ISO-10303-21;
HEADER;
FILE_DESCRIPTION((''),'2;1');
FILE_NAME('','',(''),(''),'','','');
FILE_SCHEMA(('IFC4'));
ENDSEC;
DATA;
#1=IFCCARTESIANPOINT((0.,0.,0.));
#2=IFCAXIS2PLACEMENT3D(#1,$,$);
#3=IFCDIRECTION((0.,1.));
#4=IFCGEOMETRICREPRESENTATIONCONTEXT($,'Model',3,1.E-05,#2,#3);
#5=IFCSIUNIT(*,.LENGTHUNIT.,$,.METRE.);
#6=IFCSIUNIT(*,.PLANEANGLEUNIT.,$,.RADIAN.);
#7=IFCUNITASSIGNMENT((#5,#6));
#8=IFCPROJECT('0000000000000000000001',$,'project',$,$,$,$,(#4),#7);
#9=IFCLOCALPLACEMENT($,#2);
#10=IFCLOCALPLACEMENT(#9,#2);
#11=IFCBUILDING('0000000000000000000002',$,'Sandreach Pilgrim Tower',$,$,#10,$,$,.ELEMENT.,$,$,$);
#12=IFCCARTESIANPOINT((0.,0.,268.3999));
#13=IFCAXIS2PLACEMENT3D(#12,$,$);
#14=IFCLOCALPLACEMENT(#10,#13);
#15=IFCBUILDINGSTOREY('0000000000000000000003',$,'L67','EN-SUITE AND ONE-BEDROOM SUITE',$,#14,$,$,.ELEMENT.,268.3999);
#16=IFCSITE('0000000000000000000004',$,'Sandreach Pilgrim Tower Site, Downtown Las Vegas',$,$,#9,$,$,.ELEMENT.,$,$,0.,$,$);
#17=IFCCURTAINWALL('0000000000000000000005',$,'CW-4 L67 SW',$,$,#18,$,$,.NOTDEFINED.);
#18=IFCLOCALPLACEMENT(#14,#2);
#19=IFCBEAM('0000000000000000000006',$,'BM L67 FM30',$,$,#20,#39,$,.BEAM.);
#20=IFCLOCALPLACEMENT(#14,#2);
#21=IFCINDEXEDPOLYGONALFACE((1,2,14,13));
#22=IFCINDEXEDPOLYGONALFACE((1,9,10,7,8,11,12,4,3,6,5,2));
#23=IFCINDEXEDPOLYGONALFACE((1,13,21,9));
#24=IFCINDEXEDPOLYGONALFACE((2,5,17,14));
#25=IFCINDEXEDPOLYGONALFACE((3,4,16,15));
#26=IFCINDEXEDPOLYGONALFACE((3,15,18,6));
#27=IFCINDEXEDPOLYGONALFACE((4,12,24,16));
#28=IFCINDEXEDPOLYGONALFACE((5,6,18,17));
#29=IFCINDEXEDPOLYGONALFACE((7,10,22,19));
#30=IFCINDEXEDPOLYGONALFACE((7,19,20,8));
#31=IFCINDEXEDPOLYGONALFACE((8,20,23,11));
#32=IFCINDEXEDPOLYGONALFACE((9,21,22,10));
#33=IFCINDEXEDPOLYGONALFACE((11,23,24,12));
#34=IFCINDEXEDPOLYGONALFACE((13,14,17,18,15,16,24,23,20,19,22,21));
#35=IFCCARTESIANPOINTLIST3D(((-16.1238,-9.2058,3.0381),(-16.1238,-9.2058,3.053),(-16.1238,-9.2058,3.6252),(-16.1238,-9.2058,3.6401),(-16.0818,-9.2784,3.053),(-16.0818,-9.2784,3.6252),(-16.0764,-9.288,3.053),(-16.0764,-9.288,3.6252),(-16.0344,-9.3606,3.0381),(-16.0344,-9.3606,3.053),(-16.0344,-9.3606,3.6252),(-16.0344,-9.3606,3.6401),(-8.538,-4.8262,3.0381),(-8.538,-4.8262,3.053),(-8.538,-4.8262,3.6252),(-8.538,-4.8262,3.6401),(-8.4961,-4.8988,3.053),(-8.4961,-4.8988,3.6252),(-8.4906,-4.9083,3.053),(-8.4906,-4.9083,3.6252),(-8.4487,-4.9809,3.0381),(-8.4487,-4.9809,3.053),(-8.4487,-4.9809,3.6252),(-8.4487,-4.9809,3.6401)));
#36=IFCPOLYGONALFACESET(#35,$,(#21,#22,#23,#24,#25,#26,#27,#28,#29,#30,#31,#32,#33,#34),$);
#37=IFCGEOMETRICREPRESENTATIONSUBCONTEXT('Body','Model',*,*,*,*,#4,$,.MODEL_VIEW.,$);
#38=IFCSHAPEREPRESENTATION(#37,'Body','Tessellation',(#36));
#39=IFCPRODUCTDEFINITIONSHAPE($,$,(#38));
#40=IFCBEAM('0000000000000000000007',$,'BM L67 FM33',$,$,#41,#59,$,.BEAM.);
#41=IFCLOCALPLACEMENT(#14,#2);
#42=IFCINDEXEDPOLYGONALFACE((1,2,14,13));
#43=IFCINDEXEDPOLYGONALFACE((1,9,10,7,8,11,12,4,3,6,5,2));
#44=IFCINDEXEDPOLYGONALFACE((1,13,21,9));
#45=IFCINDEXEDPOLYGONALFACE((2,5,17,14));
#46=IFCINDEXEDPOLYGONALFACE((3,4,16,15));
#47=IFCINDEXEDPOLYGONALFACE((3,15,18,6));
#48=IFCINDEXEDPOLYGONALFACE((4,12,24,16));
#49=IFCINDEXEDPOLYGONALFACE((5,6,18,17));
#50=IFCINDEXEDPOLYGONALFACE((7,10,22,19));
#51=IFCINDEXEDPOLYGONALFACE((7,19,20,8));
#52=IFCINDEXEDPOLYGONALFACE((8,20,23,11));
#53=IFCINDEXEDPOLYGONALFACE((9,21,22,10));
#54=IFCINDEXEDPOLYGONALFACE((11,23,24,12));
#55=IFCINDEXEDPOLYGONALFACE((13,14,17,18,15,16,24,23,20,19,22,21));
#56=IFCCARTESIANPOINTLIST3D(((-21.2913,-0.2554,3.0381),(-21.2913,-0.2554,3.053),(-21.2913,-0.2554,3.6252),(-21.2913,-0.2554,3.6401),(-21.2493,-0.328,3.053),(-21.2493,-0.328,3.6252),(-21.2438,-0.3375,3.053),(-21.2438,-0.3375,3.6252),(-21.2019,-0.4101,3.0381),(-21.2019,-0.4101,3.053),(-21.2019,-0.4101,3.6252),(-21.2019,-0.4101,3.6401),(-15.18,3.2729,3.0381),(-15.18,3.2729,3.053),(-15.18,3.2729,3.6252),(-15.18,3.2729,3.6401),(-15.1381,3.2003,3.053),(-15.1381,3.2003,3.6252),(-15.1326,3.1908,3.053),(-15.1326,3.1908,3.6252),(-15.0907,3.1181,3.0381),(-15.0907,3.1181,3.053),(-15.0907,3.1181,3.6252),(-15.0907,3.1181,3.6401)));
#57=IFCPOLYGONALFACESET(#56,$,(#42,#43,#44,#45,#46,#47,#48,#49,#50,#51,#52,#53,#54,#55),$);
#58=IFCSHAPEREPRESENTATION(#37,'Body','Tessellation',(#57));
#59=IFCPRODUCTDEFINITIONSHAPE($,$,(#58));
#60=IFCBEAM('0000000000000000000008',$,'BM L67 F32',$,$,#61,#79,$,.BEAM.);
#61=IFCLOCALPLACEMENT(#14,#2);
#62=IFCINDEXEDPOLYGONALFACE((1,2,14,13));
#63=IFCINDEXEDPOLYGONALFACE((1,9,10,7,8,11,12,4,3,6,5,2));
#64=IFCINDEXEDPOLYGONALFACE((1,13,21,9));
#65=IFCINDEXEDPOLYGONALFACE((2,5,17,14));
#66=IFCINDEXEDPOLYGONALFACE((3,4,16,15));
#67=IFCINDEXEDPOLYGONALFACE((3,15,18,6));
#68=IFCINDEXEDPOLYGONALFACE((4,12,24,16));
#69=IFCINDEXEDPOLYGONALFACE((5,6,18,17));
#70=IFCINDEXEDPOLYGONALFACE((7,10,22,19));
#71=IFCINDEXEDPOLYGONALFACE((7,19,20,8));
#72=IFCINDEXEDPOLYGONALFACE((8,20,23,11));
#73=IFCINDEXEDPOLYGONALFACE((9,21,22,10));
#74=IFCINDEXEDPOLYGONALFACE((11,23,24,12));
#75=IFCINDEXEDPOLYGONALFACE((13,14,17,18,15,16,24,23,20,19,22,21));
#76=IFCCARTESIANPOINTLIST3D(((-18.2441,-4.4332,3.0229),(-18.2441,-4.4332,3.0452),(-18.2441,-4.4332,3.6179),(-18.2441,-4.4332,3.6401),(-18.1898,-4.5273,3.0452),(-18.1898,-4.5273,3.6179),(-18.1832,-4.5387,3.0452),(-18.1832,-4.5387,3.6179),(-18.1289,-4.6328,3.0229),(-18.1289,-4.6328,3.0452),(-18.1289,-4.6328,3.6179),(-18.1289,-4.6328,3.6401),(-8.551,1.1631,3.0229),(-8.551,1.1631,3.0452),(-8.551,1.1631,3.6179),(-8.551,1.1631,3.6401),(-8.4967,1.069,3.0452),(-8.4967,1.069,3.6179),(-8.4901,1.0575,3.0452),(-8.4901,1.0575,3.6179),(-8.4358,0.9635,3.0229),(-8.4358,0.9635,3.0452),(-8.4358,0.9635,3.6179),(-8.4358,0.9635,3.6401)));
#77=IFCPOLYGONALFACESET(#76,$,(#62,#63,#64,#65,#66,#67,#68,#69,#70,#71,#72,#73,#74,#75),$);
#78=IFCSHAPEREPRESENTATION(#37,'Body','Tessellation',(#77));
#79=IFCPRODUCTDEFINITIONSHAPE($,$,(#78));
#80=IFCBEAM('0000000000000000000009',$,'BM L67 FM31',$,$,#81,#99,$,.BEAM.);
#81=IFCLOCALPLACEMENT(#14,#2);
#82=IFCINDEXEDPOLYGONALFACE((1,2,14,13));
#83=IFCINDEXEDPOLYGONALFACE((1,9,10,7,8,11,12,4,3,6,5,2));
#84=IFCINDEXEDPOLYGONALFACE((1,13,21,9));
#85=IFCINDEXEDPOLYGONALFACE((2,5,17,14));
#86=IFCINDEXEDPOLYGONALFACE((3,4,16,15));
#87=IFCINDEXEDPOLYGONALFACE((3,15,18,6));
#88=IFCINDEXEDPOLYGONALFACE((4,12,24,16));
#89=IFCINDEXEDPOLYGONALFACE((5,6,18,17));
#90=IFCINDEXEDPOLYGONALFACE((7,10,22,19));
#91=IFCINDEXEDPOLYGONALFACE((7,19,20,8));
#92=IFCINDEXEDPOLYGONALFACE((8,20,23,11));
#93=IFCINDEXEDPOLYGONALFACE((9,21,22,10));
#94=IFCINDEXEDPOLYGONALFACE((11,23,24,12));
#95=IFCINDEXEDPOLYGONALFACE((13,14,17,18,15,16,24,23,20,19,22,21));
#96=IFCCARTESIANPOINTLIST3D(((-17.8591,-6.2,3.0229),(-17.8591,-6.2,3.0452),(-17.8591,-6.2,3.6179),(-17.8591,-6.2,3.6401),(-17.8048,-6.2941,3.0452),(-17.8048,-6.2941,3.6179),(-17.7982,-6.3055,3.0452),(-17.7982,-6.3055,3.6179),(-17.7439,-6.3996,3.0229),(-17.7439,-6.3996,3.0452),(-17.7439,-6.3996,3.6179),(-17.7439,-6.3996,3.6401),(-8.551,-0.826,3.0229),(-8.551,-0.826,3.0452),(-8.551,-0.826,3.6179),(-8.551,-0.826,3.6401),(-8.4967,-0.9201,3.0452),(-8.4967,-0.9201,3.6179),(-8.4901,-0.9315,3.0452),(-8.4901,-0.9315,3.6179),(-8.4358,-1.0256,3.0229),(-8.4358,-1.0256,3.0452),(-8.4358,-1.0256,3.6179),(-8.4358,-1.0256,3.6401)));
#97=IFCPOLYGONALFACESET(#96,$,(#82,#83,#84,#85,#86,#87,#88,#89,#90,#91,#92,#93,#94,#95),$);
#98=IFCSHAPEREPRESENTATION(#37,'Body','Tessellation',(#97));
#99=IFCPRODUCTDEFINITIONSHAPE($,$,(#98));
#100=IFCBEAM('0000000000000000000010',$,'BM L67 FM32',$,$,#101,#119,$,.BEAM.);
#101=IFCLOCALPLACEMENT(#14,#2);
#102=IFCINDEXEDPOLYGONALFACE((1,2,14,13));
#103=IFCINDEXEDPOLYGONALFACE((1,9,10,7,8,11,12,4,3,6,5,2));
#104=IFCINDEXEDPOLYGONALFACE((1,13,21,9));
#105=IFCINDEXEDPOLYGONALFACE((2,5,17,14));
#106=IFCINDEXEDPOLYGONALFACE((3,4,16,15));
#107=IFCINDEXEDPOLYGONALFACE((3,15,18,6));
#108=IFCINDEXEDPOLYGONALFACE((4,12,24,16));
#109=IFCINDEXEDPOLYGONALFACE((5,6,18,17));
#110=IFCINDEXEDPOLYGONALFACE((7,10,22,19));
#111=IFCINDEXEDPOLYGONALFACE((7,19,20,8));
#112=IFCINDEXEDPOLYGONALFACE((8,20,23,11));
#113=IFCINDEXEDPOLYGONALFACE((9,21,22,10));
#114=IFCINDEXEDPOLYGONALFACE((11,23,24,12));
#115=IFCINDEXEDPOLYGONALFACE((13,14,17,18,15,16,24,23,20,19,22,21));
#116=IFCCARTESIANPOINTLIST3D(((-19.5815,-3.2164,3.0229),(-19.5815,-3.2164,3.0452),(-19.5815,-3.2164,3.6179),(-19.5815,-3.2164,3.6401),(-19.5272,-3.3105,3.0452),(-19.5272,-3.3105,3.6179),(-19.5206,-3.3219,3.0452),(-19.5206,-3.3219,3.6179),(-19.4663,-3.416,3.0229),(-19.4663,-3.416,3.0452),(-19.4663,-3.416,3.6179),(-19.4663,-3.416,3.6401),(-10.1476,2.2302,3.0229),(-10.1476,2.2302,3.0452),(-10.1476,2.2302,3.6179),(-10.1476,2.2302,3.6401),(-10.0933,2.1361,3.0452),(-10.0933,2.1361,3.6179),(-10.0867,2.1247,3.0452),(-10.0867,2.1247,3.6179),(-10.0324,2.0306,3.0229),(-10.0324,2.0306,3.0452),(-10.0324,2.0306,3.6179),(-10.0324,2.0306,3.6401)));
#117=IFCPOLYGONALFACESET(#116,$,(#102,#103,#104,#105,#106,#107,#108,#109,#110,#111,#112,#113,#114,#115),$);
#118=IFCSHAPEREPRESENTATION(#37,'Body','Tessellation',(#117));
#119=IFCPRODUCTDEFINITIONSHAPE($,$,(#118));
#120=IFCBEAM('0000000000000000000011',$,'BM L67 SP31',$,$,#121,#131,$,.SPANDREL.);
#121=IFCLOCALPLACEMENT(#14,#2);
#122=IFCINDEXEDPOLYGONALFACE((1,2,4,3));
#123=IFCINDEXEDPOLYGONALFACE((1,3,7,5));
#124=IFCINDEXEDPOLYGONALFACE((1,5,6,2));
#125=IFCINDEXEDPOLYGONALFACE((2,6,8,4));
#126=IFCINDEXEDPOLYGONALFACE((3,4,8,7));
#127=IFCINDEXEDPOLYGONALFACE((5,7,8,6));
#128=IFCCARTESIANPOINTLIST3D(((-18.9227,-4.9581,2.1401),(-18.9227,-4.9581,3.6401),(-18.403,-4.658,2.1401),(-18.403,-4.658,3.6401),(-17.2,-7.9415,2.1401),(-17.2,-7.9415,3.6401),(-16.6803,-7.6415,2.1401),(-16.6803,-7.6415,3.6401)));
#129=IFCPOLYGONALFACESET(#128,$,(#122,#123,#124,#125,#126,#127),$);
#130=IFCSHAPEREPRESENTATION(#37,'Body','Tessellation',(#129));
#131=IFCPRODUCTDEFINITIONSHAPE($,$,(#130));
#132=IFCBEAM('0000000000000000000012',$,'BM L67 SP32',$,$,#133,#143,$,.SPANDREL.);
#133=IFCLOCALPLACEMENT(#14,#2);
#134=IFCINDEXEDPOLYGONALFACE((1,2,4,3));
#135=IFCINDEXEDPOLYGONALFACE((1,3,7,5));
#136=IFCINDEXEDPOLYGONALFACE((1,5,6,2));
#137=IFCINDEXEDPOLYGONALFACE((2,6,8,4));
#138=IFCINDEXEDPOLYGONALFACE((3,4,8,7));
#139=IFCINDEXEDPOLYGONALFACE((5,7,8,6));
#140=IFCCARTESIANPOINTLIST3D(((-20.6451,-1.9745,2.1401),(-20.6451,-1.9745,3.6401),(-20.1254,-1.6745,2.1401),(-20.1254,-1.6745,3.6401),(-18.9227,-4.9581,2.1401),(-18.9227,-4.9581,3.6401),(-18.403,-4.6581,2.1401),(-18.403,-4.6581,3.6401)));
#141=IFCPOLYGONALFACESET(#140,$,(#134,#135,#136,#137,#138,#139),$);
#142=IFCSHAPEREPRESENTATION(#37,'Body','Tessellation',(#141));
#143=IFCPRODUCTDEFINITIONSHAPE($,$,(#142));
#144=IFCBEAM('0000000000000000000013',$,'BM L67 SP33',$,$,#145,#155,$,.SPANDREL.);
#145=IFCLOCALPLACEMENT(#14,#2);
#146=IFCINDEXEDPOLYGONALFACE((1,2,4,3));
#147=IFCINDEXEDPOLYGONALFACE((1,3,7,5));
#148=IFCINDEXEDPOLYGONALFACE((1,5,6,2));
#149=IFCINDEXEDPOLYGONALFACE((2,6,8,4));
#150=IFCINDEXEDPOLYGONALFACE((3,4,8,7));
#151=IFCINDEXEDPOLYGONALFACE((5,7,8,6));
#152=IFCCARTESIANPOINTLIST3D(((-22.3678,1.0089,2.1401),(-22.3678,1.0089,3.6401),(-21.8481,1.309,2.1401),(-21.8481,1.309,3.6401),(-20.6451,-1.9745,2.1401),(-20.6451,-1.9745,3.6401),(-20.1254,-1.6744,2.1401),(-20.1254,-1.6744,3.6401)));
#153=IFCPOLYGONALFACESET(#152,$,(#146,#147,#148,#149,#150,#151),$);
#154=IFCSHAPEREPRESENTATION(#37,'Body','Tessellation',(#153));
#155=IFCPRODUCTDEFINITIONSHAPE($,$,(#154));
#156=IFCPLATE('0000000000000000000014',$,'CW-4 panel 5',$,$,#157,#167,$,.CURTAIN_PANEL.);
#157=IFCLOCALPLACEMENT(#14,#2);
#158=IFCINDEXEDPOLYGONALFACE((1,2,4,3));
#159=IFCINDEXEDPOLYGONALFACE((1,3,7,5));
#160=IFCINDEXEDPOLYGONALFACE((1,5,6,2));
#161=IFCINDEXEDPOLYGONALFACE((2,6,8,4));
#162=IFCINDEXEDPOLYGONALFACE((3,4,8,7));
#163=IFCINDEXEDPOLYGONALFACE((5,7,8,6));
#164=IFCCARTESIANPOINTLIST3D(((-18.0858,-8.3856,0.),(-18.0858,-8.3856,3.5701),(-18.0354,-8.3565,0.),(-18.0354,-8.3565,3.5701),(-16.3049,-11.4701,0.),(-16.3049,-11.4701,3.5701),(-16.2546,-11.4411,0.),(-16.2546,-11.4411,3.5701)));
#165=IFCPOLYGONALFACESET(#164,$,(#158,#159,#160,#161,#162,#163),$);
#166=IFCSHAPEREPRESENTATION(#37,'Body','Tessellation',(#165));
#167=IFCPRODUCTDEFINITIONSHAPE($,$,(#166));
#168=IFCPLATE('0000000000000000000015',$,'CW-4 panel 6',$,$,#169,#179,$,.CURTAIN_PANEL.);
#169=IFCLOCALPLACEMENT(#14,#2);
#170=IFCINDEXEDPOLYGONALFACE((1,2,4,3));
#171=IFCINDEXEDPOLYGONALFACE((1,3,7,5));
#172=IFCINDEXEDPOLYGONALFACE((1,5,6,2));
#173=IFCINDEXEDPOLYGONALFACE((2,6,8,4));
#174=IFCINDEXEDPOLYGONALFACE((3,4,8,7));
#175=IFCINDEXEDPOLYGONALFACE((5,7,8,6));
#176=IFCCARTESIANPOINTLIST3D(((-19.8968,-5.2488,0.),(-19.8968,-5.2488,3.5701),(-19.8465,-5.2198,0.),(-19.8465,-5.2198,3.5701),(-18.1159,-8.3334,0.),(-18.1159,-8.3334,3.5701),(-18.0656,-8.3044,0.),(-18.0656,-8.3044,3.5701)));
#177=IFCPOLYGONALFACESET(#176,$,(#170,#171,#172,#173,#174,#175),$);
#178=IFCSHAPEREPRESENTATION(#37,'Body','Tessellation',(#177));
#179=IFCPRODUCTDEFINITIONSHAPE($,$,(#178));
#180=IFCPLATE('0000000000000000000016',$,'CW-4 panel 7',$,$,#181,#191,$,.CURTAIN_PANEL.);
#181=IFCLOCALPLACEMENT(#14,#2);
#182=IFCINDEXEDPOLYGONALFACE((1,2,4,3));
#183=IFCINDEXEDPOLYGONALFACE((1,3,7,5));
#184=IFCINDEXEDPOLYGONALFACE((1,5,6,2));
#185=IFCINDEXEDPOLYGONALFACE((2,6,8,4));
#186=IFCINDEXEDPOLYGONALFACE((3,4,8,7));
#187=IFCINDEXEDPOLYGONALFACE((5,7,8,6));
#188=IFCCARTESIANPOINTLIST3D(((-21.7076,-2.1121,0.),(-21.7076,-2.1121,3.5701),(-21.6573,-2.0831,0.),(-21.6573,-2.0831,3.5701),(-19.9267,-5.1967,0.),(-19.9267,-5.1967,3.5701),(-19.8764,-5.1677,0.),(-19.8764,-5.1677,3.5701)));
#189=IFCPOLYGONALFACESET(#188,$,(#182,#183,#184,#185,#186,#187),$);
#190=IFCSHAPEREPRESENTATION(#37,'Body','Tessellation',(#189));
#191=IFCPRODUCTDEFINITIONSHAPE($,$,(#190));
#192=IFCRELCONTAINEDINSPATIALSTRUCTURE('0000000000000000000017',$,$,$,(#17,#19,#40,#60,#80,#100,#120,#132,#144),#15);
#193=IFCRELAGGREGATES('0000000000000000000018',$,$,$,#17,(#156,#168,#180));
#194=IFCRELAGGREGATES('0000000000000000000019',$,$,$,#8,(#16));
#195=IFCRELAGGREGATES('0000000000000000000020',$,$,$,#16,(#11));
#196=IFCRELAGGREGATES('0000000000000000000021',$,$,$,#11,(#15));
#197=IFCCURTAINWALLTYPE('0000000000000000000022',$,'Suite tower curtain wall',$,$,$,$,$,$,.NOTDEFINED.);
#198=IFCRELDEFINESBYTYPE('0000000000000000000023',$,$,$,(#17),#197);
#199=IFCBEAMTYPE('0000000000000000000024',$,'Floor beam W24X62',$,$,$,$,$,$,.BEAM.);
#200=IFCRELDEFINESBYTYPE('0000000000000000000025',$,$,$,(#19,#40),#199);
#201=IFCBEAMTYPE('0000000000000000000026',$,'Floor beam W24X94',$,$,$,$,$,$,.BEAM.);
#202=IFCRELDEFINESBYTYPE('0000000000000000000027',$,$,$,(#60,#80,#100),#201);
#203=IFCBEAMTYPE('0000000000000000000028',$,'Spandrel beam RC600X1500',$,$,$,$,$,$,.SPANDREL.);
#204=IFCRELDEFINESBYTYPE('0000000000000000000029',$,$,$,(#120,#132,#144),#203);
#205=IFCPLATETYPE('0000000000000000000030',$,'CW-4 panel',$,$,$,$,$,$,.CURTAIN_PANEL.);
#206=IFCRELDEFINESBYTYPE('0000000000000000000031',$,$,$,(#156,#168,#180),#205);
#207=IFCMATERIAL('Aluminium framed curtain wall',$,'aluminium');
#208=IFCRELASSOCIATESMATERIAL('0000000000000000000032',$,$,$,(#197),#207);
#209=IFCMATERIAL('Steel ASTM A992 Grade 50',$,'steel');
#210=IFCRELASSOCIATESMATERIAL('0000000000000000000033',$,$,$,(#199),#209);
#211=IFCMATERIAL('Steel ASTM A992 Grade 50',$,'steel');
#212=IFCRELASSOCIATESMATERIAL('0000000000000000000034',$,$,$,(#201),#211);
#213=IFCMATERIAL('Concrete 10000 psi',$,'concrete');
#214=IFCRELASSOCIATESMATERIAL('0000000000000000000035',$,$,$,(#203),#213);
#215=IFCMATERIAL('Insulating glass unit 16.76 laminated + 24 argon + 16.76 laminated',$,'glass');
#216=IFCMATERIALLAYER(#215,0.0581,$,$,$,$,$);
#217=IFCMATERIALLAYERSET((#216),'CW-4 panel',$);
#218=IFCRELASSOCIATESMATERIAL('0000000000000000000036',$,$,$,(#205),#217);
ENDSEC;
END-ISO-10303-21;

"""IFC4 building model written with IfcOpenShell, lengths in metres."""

from ifc_helpers import new_model, si_unit, direction, frame, origin, origin_2d, place, context, subcontext, project, spatial, rectangle, i_section, extrude, material, layer, layer_set, material_profile, profile_set, type_object, element, aggregate, save


model = new_model("IFC4")

# Units and contexts
model_context = context("Model", 3, precision=1e-05, world=origin(), true_north=direction((0.0, 1.0)))
body_context = subcontext(model_context, "Body", "Model", "MODEL_VIEW")
ifc_project = project(units=[si_unit("LENGTHUNIT", "METRE"), si_unit("PLANEANGLEUNIT", "RADIAN")], contexts=[model_context])

# Site, building, storey
site_placement = place(None, origin())
site = spatial("IfcSite", under=ifc_project, at=site_placement, Name="Sandreach Pilgrim Tower Site, Downtown Las Vegas", CompositionType="ELEMENT", RefElevation=0.0)
building_placement = place(site_placement, origin())
building = spatial("IfcBuilding", under=site, at=building_placement, Name="Sandreach Pilgrim Tower", CompositionType="ELEMENT")
storey_placement = place(building_placement, frame((0.0, 0.0, 268.3999)))
storey = spatial("IfcBuildingStorey", under=building, at=storey_placement, Name="L67", Description="EN-SUITE AND ONE-BEDROOM SUITE", CompositionType="ELEMENT", Elevation=268.3999)

# Curtain wall
ifc_material_1 = material(Name="Aluminium framed curtain wall", Category="aluminium")
curtain_wall_type = type_object("IfcCurtainWallType", Name="Suite tower curtain wall", PredefinedType="NOTDEFINED", material=ifc_material_1)
curtain_wall_placement = place(storey_placement, origin())
curtain_wall = element("IfcCurtainWall", 1, at=curtain_wall_placement, inside=storey, type_object=curtain_wall_type, Name="CW-4 L67 SW", PredefinedType="NOTDEFINED")

# Beams
ifc_material_2 = material(Name="Steel ASTM A992 Grade 50", Category="steel")
ifc_material_profile_1 = material_profile(ifc_material_2, i_section(OverallWidth=0.1787, OverallDepth=0.6021, WebThickness=0.011, FlangeThickness=0.0149, at=origin_2d()), Name="W24X62")
ifc_profile_set_1 = profile_set([ifc_material_profile_1], Name="Steel ASTM A992 Grade 50")
beam_type_1 = type_object("IfcBeamType", Name="Floor beam W24X62", PredefinedType="BEAM", material=ifc_profile_set_1)
beam_1_placement = place(storey_placement, frame((-16.0791, -9.2832, 3.3391), z_axis=(0.866024, 0.500003, 0.0), x_axis=(-0.500003, 0.866024, 0.0)))
element("IfcBeam", 2, at=beam_1_placement, inside=storey, type_object=beam_type_1, Name="BM L67 FM30", PredefinedType="BEAM", context=body_context, shape_type="SweptSolid", body=[
    extrude(i_section(OverallWidth=0.1787, OverallDepth=0.6021, WebThickness=0.011, FlangeThickness=0.0149, at=origin_2d()), origin(), (0.0, 0.0, 1.0), 8.7593),
])
beam_2_placement = place(storey_placement, frame((-21.2466, -0.3328, 3.3391), z_axis=(0.866029, 0.499994, 0.0), x_axis=(-0.499994, 0.866029, 0.0)))
element("IfcBeam", 3, at=beam_2_placement, inside=storey, type_object=beam_type_1, Name="BM L67 FM33", PredefinedType="BEAM", context=body_context, shape_type="SweptSolid", body=[
    extrude(i_section(OverallWidth=0.1787, OverallDepth=0.6021, WebThickness=0.011, FlangeThickness=0.0149, at=origin_2d()), origin(), (0.0, 0.0, 1.0), 7.0566),
])
ifc_material_3 = material(Name="Steel ASTM A992 Grade 50", Category="steel")
ifc_material_profile_2 = material_profile(ifc_material_3, i_section(OverallWidth=0.2305, OverallDepth=0.6172, WebThickness=0.0132, FlangeThickness=0.0222, at=origin_2d()), Name="W24X94")
ifc_profile_set_2 = profile_set([ifc_material_profile_2], Name="Steel ASTM A992 Grade 50")
beam_type_2 = type_object("IfcBeamType", Name="Floor beam W24X94", PredefinedType="BEAM", material=ifc_profile_set_2)
beam_3_placement = place(storey_placement, frame((-18.1865, -4.533, 3.3315), z_axis=(0.86603, 0.499991, 0.0), x_axis=(-0.499991, 0.86603, 0.0)))
element("IfcBeam", 4, at=beam_3_placement, inside=storey, type_object=beam_type_2, Name="BM L67 F32", PredefinedType="BEAM", context=body_context, shape_type="SweptSolid", body=[
    extrude(i_section(OverallWidth=0.2305, OverallDepth=0.6172, WebThickness=0.0132, FlangeThickness=0.0222, at=origin_2d()), origin(), (0.0, 0.0, 1.0), 11.1926),
])
beam_4_placement = place(storey_placement, frame((-17.8015, -6.2998, 3.3315), z_axis=(0.866026, 0.499999, 0.0), x_axis=(-0.499999, 0.866026, 0.0)))
element("IfcBeam", 5, at=beam_4_placement, inside=storey, type_object=beam_type_2, Name="BM L67 FM31", PredefinedType="BEAM", context=body_context, shape_type="SweptSolid", body=[
    extrude(i_section(OverallWidth=0.2305, OverallDepth=0.6172, WebThickness=0.0132, FlangeThickness=0.0222, at=origin_2d()), origin(), (0.0, 0.0, 1.0), 10.748),
])
beam_5_placement = place(storey_placement, frame((-19.5239, -3.3162, 3.3315), z_axis=(0.866029, 0.499993, 0.0), x_axis=(-0.499993, 0.866029, 0.0)))
element("IfcBeam", 6, at=beam_5_placement, inside=storey, type_object=beam_type_2, Name="BM L67 FM32", PredefinedType="BEAM", context=body_context, shape_type="SweptSolid", body=[
    extrude(i_section(OverallWidth=0.2305, OverallDepth=0.6172, WebThickness=0.0132, FlangeThickness=0.0222, at=origin_2d()), origin(), (0.0, 0.0, 1.0), 10.8933),
])
ifc_material_4 = material(Name="Concrete 10000 psi", Category="concrete")
ifc_material_profile_3 = material_profile(ifc_material_4, rectangle(XDim=0.6001, YDim=1.5, at=origin_2d()), Name="RC600X1500")
ifc_profile_set_3 = profile_set([ifc_material_profile_3], Name="Concrete 10000 psi")
beam_type_3 = type_object("IfcBeamType", Name="Spandrel beam RC600X1500", PredefinedType="SPANDREL", material=ifc_profile_set_3)
for number, where, z_axis, x_axis, name in (
    (7, (-16.9402, -7.7915, 2.8901), (-0.500041, 0.866001, 0.0), (-0.866001, -0.500041, 0.0), "BM L67 SP31"),
    (8, (-18.6628, -4.8081, 2.8901), (-0.499958, 0.86605, 0.0), (-0.86605, -0.499958, 0.0), "BM L67 SP32"),
    (9, (-20.3853, -1.8245, 2.8901), (-0.500041, 0.866001, 0.0), (-0.866001, -0.500041, 0.0), "BM L67 SP33"),
):
    element("IfcBeam", number, at=place(storey_placement, frame(where, z_axis=z_axis, x_axis=x_axis)), inside=storey, type_object=beam_type_3, Name=name, PredefinedType="SPANDREL", context=body_context, shape_type="SweptSolid", body=[
        extrude(rectangle(XDim=0.6001, YDim=1.5, at=origin_2d()), origin(), (0.0, 0.0, 1.0), 3.4451),
    ])

# Plates
ifc_material_5 = material(Name="Insulating glass unit 16.76 laminated + 24 argon + 16.76 laminated", Category="glass")
ifc_layer_1 = layer(ifc_material_5, 0.0581)
ifc_layer_set_1 = layer_set([ifc_layer_1], Name="CW-4 panel")
plate_type = type_object("IfcPlateType", Name="CW-4 panel", PredefinedType="CURTAIN_PANEL", material=ifc_layer_set_1)
plate_1_placement = place(storey_placement, frame((-17.1702, -9.9133, 0.0), z_axis=(0.0, 0.0, 1.0), x_axis=(-0.5, 0.866025, 0.0)))
plate_1 = element("IfcPlate", 10, at=plate_1_placement, type_object=plate_type, Name="CW-4 panel 5", PredefinedType="CURTAIN_PANEL", context=body_context, shape_type="SweptSolid", body=[
    extrude(rectangle(XDim=3.5618, YDim=0.0581, at=origin_2d()), origin(), (0.0, 0.0, 1.0), 3.5701),
])
plate_2_placement = place(storey_placement, frame((-18.9812, -6.7766, 0.0), z_axis=(0.0, 0.0, 1.0), x_axis=(-0.5, 0.866025, 0.0)))
plate_2 = element("IfcPlate", 11, at=plate_2_placement, type_object=plate_type, Name="CW-4 panel 6", PredefinedType="CURTAIN_PANEL", context=body_context, shape_type="SweptSolid", body=[
    extrude(rectangle(XDim=3.5618, YDim=0.0581, at=origin_2d()), origin(), (0.0, 0.0, 1.0), 3.5701),
])
plate_3_placement = place(storey_placement, frame((-20.792, -3.6399, 0.0), z_axis=(0.0, 0.0, 1.0), x_axis=(-0.5, 0.866025, 0.0)))
plate_3 = element("IfcPlate", 12, at=plate_3_placement, type_object=plate_type, Name="CW-4 panel 7", PredefinedType="CURTAIN_PANEL", context=body_context, shape_type="SweptSolid", body=[
    extrude(rectangle(XDim=3.5618, YDim=0.0581, at=origin_2d()), origin(), (0.0, 0.0, 1.0), 3.5701),
])
aggregate(curtain_wall, [plate_1, plate_2, plate_3])

save(model, "model.ifc")
